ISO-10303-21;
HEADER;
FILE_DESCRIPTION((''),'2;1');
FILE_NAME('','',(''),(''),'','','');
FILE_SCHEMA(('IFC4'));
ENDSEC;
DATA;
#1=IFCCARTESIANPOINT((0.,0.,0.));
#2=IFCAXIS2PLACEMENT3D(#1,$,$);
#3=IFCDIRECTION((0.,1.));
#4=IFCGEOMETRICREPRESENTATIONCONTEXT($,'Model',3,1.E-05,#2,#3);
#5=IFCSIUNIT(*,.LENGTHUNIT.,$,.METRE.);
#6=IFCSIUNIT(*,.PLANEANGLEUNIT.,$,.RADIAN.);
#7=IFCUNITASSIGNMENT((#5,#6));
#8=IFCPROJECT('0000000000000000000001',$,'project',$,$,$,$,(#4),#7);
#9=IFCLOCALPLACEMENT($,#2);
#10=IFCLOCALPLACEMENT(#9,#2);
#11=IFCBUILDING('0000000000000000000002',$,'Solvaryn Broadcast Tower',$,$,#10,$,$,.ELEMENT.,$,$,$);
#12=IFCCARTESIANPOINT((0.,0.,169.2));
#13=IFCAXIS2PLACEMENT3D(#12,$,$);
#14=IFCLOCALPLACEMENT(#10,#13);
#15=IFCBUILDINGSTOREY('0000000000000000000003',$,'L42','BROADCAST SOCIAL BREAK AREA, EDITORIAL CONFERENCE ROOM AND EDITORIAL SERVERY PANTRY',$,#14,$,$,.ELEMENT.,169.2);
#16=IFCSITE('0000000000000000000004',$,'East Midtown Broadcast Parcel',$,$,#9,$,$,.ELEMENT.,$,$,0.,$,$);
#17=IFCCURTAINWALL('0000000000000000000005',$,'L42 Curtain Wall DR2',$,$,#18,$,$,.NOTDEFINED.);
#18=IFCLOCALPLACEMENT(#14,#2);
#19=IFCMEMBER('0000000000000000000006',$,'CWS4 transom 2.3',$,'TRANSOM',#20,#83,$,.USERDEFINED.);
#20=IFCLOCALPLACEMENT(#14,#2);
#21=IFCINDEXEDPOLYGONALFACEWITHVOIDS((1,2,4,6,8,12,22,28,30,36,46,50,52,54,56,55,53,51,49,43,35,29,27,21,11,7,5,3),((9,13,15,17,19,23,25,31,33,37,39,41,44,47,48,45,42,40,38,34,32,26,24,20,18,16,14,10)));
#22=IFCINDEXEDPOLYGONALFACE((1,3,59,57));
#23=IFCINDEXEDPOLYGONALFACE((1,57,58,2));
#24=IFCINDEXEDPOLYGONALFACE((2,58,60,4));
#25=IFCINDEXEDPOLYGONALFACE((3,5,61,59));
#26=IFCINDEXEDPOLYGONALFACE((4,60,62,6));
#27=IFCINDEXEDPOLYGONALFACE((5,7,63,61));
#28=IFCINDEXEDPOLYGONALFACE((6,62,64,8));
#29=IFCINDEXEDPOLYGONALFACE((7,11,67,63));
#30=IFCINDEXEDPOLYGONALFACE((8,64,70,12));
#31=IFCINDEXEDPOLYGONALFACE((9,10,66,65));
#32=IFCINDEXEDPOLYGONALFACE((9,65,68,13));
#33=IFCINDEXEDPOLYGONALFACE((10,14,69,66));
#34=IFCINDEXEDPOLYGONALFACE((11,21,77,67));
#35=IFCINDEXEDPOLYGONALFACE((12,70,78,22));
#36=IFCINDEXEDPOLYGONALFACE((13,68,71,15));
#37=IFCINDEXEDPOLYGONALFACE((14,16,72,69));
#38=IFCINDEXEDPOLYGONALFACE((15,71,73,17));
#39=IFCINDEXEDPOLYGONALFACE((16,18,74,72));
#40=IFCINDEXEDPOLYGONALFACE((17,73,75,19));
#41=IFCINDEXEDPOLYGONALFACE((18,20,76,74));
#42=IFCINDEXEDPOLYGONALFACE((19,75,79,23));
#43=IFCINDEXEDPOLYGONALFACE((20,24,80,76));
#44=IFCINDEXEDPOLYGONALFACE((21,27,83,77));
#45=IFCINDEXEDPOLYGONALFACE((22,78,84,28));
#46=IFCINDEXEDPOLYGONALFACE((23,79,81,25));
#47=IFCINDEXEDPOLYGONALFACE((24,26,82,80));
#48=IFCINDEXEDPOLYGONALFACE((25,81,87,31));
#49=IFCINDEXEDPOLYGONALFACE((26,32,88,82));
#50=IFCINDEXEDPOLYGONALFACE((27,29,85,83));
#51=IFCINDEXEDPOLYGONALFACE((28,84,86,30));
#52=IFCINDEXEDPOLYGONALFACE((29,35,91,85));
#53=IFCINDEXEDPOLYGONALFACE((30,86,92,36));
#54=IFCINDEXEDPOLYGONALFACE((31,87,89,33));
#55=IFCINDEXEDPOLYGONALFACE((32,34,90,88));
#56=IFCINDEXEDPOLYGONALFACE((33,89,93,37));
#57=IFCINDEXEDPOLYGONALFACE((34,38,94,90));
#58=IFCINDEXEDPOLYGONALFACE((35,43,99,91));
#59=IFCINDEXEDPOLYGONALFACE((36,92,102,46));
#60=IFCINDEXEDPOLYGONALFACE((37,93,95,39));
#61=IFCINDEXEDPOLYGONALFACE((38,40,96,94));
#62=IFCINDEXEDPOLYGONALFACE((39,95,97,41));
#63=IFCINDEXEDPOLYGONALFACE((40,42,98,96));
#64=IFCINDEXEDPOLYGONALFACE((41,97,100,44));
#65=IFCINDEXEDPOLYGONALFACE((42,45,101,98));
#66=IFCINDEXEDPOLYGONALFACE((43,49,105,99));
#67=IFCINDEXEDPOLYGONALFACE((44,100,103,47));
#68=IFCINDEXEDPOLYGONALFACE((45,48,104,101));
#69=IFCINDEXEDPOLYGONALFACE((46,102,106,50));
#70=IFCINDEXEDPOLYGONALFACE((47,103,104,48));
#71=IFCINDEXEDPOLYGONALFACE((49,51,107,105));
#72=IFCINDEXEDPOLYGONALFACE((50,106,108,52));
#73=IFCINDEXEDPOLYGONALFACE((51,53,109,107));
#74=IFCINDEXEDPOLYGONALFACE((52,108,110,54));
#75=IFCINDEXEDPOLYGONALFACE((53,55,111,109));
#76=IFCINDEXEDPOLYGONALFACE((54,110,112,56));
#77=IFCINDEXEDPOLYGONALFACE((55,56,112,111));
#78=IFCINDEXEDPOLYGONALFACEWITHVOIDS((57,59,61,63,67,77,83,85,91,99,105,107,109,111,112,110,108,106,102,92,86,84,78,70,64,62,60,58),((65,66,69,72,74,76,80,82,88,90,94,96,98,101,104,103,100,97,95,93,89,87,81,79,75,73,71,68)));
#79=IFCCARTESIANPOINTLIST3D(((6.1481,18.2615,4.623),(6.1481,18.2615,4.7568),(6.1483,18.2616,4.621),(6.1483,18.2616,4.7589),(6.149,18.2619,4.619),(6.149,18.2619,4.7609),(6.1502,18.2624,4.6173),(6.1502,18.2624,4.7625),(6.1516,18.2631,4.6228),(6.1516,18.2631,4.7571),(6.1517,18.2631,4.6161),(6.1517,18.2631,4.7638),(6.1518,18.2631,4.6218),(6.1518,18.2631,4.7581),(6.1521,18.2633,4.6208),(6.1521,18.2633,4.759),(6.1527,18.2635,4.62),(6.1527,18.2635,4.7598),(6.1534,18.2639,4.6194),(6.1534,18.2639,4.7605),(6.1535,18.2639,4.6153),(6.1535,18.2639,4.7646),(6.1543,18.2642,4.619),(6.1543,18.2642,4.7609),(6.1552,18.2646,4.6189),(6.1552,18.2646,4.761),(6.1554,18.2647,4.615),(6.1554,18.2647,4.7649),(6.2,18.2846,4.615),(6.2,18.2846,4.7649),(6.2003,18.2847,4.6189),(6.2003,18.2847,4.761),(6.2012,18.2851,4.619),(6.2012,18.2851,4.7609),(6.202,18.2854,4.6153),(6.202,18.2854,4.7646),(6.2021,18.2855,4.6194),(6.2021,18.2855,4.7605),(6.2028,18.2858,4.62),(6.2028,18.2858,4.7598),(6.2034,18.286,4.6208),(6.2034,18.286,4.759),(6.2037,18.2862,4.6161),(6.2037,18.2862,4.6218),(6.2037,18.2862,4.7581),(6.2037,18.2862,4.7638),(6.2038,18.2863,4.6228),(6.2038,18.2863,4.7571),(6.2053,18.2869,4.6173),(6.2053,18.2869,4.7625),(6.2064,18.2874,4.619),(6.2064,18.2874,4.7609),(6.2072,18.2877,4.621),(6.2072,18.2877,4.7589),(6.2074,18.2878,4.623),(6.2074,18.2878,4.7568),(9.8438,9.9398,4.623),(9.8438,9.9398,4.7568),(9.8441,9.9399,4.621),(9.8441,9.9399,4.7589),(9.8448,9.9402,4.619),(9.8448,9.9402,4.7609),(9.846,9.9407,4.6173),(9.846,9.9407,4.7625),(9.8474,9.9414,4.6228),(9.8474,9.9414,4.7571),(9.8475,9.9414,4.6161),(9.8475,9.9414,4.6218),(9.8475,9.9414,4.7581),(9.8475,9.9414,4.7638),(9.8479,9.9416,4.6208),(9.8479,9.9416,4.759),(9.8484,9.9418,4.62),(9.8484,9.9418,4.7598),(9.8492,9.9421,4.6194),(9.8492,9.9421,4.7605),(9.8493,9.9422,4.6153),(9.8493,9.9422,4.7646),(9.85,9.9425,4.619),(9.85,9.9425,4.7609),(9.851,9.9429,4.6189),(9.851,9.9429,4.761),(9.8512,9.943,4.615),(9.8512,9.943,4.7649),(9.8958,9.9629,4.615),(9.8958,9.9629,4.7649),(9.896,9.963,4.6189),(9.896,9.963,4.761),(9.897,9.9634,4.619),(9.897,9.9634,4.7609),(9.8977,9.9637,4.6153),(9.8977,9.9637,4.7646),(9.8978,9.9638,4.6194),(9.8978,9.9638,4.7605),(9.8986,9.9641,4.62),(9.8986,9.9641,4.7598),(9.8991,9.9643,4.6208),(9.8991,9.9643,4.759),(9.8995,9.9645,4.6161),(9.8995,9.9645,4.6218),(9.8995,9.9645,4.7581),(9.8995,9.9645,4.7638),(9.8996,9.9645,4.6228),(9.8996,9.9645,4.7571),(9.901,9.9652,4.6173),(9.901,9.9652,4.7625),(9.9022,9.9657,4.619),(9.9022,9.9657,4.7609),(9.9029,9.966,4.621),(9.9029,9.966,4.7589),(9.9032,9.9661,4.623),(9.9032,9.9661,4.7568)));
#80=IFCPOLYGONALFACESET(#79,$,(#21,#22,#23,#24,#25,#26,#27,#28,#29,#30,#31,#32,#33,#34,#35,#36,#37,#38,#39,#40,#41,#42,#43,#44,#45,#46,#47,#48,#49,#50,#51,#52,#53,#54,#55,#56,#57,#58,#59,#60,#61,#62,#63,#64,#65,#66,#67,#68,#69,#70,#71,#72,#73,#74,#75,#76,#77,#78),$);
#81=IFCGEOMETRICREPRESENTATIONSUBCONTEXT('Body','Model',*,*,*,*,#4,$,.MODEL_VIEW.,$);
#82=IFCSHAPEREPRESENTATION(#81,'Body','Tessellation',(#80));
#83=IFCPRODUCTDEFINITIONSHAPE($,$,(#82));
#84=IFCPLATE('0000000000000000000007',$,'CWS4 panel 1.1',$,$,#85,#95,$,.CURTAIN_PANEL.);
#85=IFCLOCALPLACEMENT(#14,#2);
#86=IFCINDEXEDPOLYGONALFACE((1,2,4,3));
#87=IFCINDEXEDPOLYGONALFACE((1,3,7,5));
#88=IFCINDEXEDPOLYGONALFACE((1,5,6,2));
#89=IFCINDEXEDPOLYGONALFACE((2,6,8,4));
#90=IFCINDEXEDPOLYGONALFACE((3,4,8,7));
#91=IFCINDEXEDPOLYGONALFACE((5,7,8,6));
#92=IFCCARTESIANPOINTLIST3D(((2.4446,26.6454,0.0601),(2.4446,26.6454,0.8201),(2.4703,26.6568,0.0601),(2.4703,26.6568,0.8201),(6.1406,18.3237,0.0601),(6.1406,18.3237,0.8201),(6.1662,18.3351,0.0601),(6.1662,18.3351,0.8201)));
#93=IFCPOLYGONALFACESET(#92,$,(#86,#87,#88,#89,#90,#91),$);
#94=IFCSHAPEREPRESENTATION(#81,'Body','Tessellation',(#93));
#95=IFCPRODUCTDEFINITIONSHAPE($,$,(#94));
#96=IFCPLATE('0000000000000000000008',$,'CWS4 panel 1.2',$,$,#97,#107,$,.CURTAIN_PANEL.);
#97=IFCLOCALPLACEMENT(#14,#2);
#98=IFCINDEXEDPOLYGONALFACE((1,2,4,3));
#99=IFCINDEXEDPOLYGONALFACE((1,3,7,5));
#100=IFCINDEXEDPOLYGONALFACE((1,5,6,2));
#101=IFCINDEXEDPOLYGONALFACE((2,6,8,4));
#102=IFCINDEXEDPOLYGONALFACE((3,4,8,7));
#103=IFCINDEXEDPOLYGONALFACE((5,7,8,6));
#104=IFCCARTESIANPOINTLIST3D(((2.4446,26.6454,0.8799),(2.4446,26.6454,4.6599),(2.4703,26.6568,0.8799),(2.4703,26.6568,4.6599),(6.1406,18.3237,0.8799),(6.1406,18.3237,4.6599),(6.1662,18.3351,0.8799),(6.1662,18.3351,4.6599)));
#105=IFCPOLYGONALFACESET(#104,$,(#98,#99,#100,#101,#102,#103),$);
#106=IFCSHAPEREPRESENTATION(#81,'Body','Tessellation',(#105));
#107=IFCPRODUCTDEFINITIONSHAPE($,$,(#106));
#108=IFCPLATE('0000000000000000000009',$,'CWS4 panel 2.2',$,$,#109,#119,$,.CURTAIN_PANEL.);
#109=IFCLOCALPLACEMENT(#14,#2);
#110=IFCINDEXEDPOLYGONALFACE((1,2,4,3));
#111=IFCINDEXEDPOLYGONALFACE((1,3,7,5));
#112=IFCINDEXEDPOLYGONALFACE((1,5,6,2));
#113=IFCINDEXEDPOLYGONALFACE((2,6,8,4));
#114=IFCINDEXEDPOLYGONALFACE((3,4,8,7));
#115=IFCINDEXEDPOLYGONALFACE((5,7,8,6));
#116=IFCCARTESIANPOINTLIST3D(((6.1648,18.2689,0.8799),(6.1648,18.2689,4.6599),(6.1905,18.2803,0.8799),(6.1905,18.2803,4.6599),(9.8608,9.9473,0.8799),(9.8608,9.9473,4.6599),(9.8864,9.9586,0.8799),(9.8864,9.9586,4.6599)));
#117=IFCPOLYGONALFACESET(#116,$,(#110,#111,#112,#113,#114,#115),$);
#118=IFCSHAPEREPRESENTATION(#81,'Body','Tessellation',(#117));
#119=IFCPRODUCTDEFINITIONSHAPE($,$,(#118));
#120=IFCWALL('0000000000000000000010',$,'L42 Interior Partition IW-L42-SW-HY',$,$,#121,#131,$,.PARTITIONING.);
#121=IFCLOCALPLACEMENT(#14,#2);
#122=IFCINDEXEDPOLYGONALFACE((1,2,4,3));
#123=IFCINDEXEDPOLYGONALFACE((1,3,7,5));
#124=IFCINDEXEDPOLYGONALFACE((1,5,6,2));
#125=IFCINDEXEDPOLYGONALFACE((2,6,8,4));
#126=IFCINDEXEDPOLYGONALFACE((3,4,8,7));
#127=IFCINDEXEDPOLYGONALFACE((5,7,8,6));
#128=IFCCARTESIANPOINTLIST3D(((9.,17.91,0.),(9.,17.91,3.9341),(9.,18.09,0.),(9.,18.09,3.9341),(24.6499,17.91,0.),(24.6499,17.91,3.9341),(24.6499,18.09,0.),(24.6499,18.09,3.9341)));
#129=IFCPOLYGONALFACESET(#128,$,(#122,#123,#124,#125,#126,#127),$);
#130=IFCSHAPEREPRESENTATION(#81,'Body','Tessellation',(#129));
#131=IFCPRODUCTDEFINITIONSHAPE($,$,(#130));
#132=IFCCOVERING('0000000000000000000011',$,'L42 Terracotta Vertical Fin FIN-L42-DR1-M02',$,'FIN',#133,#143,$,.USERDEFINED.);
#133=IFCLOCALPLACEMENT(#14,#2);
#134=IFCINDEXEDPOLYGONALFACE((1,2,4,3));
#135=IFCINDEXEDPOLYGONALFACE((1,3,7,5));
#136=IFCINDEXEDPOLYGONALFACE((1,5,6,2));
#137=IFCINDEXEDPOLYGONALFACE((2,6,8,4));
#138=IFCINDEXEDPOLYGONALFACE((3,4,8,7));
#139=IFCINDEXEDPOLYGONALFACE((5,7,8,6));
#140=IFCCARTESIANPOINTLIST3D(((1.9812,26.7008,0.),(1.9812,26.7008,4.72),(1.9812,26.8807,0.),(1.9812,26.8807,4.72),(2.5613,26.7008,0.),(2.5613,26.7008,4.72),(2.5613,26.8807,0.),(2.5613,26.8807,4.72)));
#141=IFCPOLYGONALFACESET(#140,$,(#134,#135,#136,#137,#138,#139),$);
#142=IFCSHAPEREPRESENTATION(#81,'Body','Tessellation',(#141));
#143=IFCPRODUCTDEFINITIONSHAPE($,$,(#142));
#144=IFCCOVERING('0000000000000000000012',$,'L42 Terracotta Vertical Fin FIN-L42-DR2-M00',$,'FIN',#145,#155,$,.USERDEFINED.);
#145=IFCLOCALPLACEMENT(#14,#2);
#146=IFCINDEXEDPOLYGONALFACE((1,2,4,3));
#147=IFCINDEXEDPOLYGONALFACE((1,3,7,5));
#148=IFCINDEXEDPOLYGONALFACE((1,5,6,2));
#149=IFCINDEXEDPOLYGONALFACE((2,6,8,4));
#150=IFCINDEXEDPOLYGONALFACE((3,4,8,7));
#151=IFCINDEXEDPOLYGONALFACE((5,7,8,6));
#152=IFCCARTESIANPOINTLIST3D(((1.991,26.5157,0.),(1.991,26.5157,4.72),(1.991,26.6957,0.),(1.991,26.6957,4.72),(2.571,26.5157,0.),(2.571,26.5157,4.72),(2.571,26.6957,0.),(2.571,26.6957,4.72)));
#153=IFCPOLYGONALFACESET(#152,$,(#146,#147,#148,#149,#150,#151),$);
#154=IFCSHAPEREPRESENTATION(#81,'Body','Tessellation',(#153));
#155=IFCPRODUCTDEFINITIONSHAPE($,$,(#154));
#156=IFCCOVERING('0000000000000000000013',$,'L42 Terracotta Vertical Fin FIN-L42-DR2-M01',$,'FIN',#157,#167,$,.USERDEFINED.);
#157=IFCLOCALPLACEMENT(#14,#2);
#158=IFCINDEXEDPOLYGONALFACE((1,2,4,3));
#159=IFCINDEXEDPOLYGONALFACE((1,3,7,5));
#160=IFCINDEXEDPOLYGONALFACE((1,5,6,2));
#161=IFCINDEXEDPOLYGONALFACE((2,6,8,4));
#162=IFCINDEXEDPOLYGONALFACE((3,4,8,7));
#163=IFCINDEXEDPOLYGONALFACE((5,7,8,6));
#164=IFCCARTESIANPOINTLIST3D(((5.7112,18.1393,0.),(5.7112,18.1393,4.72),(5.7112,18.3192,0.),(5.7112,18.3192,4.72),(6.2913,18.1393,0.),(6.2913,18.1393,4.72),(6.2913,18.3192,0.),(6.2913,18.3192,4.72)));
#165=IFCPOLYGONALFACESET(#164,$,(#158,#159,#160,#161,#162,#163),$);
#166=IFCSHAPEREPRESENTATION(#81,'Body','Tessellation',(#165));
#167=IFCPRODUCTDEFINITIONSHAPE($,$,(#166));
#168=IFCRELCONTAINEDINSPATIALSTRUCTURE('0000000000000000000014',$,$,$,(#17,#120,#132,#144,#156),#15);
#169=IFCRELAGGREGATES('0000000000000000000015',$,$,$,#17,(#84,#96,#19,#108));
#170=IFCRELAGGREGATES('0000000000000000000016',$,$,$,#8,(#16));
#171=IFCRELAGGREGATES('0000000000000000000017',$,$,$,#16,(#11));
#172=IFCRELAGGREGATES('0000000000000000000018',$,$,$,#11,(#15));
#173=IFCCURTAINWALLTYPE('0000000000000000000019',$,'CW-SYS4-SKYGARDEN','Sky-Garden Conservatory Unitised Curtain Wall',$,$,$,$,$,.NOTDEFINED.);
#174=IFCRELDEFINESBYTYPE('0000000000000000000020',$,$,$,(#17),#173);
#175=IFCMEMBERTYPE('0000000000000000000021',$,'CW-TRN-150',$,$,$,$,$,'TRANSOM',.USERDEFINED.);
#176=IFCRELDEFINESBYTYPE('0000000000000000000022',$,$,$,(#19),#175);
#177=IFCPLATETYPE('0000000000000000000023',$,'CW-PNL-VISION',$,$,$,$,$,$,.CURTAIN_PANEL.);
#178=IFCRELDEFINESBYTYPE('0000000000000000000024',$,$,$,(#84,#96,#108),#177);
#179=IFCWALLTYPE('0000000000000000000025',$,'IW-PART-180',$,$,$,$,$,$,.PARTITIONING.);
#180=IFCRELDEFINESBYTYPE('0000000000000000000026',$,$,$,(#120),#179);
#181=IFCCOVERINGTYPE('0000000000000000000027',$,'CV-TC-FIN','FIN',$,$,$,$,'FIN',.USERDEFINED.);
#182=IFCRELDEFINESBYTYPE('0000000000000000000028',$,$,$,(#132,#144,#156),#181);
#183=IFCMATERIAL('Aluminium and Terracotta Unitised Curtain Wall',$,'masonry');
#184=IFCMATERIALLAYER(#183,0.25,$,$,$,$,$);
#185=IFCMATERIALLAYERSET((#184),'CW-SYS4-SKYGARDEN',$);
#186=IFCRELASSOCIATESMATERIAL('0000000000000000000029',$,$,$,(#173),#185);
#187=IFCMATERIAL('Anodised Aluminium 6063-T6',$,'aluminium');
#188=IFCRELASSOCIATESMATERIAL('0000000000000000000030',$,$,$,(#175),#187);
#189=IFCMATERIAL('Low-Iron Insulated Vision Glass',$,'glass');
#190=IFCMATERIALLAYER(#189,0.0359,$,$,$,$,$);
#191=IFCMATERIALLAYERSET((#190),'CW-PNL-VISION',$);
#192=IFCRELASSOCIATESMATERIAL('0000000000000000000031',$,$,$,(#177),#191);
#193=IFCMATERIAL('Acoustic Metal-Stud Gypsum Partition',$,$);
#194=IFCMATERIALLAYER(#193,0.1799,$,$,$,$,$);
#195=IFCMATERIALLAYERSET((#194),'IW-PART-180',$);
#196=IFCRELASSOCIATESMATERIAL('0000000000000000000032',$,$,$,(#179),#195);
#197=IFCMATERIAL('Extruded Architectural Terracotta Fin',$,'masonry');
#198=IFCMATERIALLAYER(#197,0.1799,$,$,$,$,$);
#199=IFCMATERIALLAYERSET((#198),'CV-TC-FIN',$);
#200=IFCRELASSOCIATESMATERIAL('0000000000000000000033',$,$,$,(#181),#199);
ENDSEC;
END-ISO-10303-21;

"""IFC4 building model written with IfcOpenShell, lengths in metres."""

from ifc_helpers import new_model, si_unit, direction, frame, frame_2d, origin, origin_2d, place, context, subcontext, project, spatial, rectangle, hollow_rectangle, extrude, material, layer, layer_set, material_profile, profile_set, type_object, element, aggregate, save


model = new_model("IFC4")

# Units and contexts
model_context = context("Model", 3, precision=1e-05, world=origin(), true_north=direction((0.0, 1.0)))
body_context = subcontext(model_context, "Body", "Model", "MODEL_VIEW")
ifc_project = project(units=[si_unit("LENGTHUNIT", "METRE"), si_unit("PLANEANGLEUNIT", "RADIAN")], contexts=[model_context])

# Site, building, storey
site_placement = place(None, origin())
site = spatial("IfcSite", under=ifc_project, at=site_placement, Name="East Midtown Broadcast Parcel", CompositionType="ELEMENT", RefElevation=0.0)
building_placement = place(site_placement, origin())
building = spatial("IfcBuilding", under=site, at=building_placement, Name="Solvaryn Broadcast Tower", CompositionType="ELEMENT")
storey_placement = place(building_placement, frame((0.0, 0.0, 169.2)))
storey = spatial("IfcBuildingStorey", under=building, at=storey_placement, Name="L42", Description="BROADCAST SOCIAL BREAK AREA, EDITORIAL CONFERENCE ROOM AND EDITORIAL SERVERY PANTRY", CompositionType="ELEMENT", Elevation=169.2)

# Shared definitions
ifc_material_1 = material(Name="Aluminium and Terracotta Unitised Curtain Wall", Category="masonry")
ifc_layer_1 = layer(ifc_material_1, 0.25)
ifc_layer_set_1 = layer_set([ifc_layer_1], Name="CW-SYS4-SKYGARDEN")
curtain_wall_type = type_object("IfcCurtainWallType", Name="CW-SYS4-SKYGARDEN", Description="Sky-Garden Conservatory Unitised Curtain Wall", PredefinedType="NOTDEFINED", material=ifc_layer_set_1)

# Curtain wall, member, plates
curtain_wall_1_placement = place(storey_placement, origin())
curtain_wall_1 = element("IfcCurtainWall", 1, at=curtain_wall_1_placement, inside=storey, type_object=curtain_wall_type, Name="L42 Curtain Wall DR2", PredefinedType="NOTDEFINED")
ifc_material_2 = material(Name="Anodised Aluminium 6063-T6", Category="aluminium")
ifc_material_profile_1 = material_profile(ifc_material_2, hollow_rectangle(XDim=0.0649, YDim=0.1499, WallThickness=0.0039, InnerFilletRadius=0.0039, OuterFilletRadius=0.0081, at=origin_2d()))
ifc_profile_set_1 = profile_set([ifc_material_profile_1], Name="Anodised Aluminium 6063-T6")
member_type_1 = type_object("IfcMemberType", Name="CW-TRN-150", ElementType="TRANSOM", PredefinedType="USERDEFINED", material=ifc_profile_set_1)
member_1_placement = place(storey_placement, frame((6.1777, 18.2747, 4.6899), z_axis=(0.405885, -0.913924, 0.0), x_axis=(0.913924, 0.405885, 0.0)))
member_1 = element("IfcMember", 2, at=member_1_placement, type_object=member_type_1, Name="CWS4 transom 2.3", ObjectType="TRANSOM", PredefinedType="USERDEFINED", context=body_context, shape_type="SweptSolid", body=[
    extrude(hollow_rectangle(XDim=0.0649, YDim=0.1499, WallThickness=0.0039, InnerFilletRadius=0.0039, OuterFilletRadius=0.0081, at=origin_2d()), origin(), (0.0, 0.0, 1.0), 9.1055),
])
ifc_material_3 = material(Name="Low-Iron Insulated Vision Glass", Category="glass")
ifc_layer_2 = layer(ifc_material_3, 0.0359)
ifc_layer_set_2 = layer_set([ifc_layer_2], Name="CW-PNL-VISION")
plate_type = type_object("IfcPlateType", Name="CW-PNL-VISION", PredefinedType="CURTAIN_PANEL", material=ifc_layer_set_2)
plate_1_placement = place(storey_placement, frame((4.3054, 22.4902, 0.0601), z_axis=(0.0, 0.0, 1.0), x_axis=(0.405901, -0.913917, 0.0)))
plate_1 = element("IfcPlate", 3, at=plate_1_placement, type_object=plate_type, Name="CWS4 panel 1.1", PredefinedType="CURTAIN_PANEL", context=body_context, shape_type="SweptSolid", body=[
    extrude(rectangle(XDim=9.1055, YDim=0.0281, at=origin_2d()), origin(), (0.0, 0.0, 1.0), 0.76),
])
plate_2_placement = place(storey_placement, frame((4.3054, 22.4902, 0.8799), z_axis=(0.0, 0.0, 1.0), x_axis=(0.405901, -0.913917, 0.0)))
plate_2 = element("IfcPlate", 4, at=plate_2_placement, type_object=plate_type, Name="CWS4 panel 1.2", PredefinedType="CURTAIN_PANEL", context=body_context, shape_type="SweptSolid", body=[
    extrude(rectangle(XDim=9.1055, YDim=0.0281, at=origin_2d()), origin(), (0.0, 0.0, 1.0), 3.78),
])
plate_3_placement = place(storey_placement, frame((8.0256, 14.1138, 0.8799), z_axis=(0.0, 0.0, 1.0), x_axis=(0.405901, -0.913917, 0.0)))
plate_3 = element("IfcPlate", 5, at=plate_3_placement, type_object=plate_type, Name="CWS4 panel 2.2", PredefinedType="CURTAIN_PANEL", context=body_context, shape_type="SweptSolid", body=[
    extrude(rectangle(XDim=9.1055, YDim=0.0281, at=origin_2d()), origin(), (0.0, 0.0, 1.0), 3.78),
])
aggregate(curtain_wall_1, [plate_1, plate_2, member_1, plate_3])

# Wall
ifc_material_4 = material(Name="Acoustic Metal-Stud Gypsum Partition")
ifc_layer_3 = layer(ifc_material_4, 0.1799)
ifc_layer_set_3 = layer_set([ifc_layer_3], Name="IW-PART-180")
wall_type = type_object("IfcWallType", Name="IW-PART-180", PredefinedType="PARTITIONING", material=ifc_layer_set_3)
wall_placement = place(storey_placement, frame((9.0, 18.0, 0.0), z_axis=(0.0, 0.0, 1.0), x_axis=(1.0, 0.0, 0.0)))
element("IfcWall", 6, at=wall_placement, inside=storey, type_object=wall_type, Name="L42 Interior Partition IW-L42-SW-HY", PredefinedType="PARTITIONING", context=body_context, shape_type="SweptSolid", body=[
    extrude(rectangle(XDim=15.6499, YDim=0.1799, at=frame_2d((7.825, 0.0))), origin(), (0.0, 0.0, 1.0), 3.9341),
])

# Coverings
ifc_material_5 = material(Name="Extruded Architectural Terracotta Fin", Category="masonry")
ifc_layer_4 = layer(ifc_material_5, 0.1799)
ifc_layer_set_4 = layer_set([ifc_layer_4], Name="CV-TC-FIN")
covering_type = type_object("IfcCoveringType", Name="CV-TC-FIN", Description="FIN", ElementType="FIN", PredefinedType="USERDEFINED", material=ifc_layer_set_4)
for number, where, z_axis, x_axis, name in (
    (7, (2.2712, 26.7908, 0.0), (0.0, 0.0, 1.0), (1.0, 0.0, 0.0), "L42 Terracotta Vertical Fin FIN-L42-DR1-M02"),
    (8, (2.281, 26.6057, 0.0), (0.0, 0.0, 1.0), (1.0, 0.0, 0.0), "L42 Terracotta Vertical Fin FIN-L42-DR2-M00"),
    (9, (6.0012, 18.2292, 0.0), (0.0, 0.0, 1.0), (1.0, 0.0, 0.0), "L42 Terracotta Vertical Fin FIN-L42-DR2-M01"),
):
    element("IfcCovering", number, at=place(storey_placement, frame(where, z_axis=z_axis, x_axis=x_axis)), inside=storey, type_object=covering_type, Name=name, ObjectType="FIN", PredefinedType="USERDEFINED", context=body_context, shape_type="SweptSolid", body=[
        extrude(rectangle(XDim=0.5801, YDim=0.1799, at=origin_2d()), origin(), (0.0, 0.0, 1.0), 4.72),
    ])

save(model, "model.ifc")
